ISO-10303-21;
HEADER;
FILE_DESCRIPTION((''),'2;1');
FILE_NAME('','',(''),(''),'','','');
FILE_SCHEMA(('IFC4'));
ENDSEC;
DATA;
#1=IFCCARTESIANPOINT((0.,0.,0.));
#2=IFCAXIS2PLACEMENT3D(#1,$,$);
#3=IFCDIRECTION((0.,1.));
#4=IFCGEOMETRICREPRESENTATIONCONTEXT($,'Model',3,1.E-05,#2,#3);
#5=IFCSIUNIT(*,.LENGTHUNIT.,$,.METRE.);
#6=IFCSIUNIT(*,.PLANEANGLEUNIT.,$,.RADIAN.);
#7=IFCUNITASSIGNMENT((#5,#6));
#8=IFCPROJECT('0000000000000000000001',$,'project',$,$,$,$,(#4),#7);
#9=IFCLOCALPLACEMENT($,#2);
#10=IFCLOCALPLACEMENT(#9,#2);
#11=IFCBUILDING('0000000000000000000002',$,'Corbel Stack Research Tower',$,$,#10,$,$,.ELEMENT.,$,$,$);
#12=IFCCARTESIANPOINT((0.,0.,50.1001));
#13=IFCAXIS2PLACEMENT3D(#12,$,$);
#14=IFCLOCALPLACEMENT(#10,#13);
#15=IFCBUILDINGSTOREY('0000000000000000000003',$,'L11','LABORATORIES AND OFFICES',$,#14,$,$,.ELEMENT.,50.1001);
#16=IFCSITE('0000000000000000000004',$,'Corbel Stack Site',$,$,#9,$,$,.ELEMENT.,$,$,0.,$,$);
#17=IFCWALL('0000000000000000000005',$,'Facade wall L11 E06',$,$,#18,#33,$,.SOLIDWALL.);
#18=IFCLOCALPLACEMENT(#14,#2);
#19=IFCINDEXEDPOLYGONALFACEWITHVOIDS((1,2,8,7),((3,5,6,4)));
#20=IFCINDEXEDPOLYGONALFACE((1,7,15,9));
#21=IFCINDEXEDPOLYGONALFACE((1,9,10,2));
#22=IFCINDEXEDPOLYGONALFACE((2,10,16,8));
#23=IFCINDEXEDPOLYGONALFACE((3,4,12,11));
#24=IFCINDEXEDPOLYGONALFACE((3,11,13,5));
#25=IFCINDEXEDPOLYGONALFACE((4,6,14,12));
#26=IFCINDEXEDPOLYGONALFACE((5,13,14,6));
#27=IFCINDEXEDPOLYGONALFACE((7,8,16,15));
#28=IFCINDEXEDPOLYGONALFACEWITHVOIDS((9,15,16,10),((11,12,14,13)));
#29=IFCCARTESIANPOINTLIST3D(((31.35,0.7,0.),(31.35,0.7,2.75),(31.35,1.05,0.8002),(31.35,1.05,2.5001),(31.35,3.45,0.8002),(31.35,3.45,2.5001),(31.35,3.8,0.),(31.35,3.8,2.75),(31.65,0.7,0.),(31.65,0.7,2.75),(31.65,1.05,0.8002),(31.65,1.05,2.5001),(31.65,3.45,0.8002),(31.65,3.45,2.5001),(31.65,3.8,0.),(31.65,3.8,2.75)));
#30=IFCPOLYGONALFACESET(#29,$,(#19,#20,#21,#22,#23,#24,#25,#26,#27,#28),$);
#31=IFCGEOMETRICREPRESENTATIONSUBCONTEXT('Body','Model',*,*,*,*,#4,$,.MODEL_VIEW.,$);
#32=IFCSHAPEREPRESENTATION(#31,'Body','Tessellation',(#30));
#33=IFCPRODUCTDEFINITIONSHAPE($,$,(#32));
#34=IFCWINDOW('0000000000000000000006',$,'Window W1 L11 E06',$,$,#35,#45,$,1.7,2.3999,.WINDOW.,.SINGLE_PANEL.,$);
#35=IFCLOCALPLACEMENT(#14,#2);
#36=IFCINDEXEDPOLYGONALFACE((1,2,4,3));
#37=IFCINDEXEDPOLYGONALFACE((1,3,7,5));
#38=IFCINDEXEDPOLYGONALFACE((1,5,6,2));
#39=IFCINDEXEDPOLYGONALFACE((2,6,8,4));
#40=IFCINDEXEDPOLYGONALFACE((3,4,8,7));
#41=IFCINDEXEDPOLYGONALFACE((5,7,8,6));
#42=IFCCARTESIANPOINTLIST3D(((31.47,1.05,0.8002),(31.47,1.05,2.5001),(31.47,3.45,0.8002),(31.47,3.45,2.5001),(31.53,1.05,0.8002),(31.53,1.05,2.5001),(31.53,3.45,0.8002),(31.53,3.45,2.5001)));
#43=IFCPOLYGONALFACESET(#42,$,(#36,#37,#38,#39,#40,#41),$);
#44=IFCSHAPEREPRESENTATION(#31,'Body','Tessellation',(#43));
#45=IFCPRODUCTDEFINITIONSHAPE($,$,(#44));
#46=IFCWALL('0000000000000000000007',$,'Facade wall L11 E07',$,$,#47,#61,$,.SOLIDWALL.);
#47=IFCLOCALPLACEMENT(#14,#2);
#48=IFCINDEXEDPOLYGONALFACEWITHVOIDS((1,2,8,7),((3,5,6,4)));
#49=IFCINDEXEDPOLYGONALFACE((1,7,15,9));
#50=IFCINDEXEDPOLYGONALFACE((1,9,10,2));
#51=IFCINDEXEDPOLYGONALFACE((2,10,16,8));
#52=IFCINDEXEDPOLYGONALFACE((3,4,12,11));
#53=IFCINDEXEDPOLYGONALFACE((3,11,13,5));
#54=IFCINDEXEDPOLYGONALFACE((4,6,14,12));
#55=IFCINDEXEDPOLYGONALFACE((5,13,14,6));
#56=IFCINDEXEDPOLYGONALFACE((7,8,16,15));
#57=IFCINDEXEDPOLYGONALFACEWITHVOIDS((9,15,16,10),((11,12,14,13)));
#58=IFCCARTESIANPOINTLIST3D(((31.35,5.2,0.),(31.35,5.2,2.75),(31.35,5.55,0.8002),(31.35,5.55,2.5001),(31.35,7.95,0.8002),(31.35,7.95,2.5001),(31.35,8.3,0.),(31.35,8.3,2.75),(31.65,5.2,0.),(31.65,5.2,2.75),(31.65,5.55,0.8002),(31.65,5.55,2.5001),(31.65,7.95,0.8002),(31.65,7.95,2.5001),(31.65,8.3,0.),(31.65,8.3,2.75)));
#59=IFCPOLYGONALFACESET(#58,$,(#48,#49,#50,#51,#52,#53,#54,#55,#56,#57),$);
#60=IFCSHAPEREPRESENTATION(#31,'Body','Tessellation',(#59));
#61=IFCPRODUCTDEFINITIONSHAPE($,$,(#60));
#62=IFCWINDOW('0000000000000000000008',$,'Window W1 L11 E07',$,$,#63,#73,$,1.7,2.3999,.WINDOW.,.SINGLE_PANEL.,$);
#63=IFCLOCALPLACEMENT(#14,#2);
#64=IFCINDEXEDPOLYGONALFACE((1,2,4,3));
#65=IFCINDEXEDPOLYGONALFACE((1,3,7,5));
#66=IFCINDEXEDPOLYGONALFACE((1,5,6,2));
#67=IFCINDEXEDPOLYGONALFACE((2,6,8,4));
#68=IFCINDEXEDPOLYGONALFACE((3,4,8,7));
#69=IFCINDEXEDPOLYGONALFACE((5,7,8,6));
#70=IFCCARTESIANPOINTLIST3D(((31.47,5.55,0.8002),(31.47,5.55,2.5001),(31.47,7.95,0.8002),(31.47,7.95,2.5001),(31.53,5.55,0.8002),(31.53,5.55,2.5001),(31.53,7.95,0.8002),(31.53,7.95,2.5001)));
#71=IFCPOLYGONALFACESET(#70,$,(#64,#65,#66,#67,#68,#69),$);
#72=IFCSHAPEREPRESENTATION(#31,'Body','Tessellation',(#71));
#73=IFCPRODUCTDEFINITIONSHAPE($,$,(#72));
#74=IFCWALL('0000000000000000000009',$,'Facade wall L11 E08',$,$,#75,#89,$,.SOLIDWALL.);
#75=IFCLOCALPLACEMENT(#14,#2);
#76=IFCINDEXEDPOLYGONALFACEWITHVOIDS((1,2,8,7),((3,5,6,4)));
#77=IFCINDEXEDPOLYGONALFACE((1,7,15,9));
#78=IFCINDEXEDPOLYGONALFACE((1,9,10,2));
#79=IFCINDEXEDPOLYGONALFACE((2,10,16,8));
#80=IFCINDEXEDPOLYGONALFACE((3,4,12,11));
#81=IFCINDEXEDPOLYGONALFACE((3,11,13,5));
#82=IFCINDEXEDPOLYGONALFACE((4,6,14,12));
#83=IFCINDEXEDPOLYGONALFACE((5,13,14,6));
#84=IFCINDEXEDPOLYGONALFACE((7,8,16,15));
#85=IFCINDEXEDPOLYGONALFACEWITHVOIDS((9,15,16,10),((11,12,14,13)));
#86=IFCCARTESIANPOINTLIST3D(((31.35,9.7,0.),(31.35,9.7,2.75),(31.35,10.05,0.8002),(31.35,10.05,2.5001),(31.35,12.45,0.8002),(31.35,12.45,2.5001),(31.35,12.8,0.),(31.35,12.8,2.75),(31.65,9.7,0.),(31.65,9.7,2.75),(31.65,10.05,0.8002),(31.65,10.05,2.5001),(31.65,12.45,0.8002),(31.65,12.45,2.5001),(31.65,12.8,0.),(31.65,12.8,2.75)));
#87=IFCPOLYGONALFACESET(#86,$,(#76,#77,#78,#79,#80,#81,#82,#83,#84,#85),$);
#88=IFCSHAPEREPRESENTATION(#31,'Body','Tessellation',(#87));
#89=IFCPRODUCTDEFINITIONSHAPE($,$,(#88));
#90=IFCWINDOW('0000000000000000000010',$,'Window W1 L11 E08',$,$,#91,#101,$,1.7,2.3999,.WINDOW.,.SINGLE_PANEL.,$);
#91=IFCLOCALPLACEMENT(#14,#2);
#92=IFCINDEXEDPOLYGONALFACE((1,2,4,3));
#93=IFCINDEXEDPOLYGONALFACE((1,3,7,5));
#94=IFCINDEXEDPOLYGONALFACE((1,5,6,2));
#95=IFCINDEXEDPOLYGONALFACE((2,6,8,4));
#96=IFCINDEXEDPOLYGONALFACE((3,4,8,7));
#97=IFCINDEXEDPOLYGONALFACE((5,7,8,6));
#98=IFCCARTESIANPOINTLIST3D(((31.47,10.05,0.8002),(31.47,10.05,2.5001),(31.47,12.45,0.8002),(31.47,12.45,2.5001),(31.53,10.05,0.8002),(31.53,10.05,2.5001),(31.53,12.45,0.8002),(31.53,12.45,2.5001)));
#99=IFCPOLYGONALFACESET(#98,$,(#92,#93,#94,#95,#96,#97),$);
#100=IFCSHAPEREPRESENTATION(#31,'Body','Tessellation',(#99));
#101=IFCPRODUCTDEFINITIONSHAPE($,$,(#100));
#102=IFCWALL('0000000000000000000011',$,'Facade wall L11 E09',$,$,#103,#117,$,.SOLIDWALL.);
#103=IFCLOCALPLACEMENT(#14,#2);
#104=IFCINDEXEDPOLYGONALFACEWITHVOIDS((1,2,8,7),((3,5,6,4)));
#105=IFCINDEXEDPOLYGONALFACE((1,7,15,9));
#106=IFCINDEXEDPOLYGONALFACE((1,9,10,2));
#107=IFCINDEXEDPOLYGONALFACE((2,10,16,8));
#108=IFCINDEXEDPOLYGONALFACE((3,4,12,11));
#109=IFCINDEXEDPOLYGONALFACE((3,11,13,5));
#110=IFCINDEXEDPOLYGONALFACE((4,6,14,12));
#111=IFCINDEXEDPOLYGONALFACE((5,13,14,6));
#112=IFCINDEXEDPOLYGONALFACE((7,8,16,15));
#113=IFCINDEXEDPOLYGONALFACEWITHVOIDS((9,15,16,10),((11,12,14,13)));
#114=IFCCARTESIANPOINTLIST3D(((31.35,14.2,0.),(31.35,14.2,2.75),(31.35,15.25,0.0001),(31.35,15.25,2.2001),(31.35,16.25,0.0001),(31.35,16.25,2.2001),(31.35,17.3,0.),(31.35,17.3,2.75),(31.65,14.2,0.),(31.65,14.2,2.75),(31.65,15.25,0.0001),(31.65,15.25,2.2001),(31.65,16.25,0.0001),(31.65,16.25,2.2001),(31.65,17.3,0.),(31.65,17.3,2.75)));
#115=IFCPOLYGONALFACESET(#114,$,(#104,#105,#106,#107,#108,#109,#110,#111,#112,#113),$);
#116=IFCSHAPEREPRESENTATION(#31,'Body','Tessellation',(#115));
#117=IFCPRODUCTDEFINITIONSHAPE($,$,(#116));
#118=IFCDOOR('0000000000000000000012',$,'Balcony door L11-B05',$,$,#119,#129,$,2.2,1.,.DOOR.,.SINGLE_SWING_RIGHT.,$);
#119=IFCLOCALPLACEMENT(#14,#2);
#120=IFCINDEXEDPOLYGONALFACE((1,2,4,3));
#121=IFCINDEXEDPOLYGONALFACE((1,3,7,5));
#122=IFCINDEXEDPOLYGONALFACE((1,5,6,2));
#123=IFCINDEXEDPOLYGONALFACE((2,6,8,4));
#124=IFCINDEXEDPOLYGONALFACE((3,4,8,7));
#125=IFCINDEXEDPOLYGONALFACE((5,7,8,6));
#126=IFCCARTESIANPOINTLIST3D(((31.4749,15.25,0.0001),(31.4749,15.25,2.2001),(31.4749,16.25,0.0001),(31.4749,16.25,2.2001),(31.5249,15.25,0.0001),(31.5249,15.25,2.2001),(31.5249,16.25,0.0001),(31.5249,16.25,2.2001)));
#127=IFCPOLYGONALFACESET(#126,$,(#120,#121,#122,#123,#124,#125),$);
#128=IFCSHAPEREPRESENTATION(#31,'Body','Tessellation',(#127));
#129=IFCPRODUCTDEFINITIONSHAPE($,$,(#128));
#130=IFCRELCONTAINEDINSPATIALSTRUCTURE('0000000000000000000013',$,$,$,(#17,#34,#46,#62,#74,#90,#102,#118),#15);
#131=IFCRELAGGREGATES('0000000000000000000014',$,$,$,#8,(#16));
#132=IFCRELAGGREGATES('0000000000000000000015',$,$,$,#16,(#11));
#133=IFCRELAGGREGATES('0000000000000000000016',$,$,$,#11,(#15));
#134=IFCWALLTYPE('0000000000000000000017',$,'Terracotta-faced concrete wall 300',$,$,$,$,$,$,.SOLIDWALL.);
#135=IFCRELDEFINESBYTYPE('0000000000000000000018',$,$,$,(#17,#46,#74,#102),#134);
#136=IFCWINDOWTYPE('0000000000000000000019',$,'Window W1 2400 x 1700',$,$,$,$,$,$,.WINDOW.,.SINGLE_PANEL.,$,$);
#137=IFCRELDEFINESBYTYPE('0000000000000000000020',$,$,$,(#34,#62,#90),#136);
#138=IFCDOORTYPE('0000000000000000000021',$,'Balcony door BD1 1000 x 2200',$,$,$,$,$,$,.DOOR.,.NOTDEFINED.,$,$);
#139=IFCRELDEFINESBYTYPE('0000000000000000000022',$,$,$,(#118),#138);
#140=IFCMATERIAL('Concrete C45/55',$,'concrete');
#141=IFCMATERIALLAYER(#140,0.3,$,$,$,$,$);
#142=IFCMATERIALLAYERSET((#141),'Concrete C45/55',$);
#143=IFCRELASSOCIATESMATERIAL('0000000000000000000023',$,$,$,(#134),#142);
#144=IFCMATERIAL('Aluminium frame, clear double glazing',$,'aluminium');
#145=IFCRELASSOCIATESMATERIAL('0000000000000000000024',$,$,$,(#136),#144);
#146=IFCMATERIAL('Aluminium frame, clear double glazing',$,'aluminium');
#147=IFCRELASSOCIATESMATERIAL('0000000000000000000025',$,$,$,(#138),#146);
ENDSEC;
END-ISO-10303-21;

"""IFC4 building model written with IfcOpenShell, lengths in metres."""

from ifc_helpers import new_model, si_unit, direction, frame, frame_2d, origin, place, context, subcontext, project, spatial, rectangle, extrude, material, layer, layer_set, type_object, element, fill, save


model = new_model("IFC4")

# Units and contexts
model_context = context("Model", 3, precision=1e-05, world=origin(), true_north=direction((0.0, 1.0)))
body_context = subcontext(model_context, "Body", "Model", "MODEL_VIEW")
ifc_project = project(units=[si_unit("LENGTHUNIT", "METRE"), si_unit("PLANEANGLEUNIT", "RADIAN")], contexts=[model_context])

# Site, building, storey
site_placement = place(None, origin())
site = spatial("IfcSite", under=ifc_project, at=site_placement, Name="Corbel Stack Site", CompositionType="ELEMENT", RefElevation=0.0)
building_placement = place(site_placement, origin())
building = spatial("IfcBuilding", under=site, at=building_placement, Name="Corbel Stack Research Tower", CompositionType="ELEMENT")
storey_placement = place(building_placement, frame((0.0, 0.0, 50.1001)))
storey = spatial("IfcBuildingStorey", under=building, at=storey_placement, Name="L11", Description="LABORATORIES AND OFFICES", CompositionType="ELEMENT", Elevation=50.1001)

# Walls, openings, windows
ifc_material_1 = material(Name="Concrete C45/55", Category="concrete")
ifc_layer_1 = layer(ifc_material_1, 0.3)
ifc_layer_set_1 = layer_set([ifc_layer_1], Name="Concrete C45/55")
wall_type_1 = type_object("IfcWallType", Name="Terracotta-faced concrete wall 300", PredefinedType="SOLIDWALL", material=ifc_layer_set_1)
wall_1_placement = place(storey_placement, frame((31.5, 3.8, 0.0), z_axis=(0.0, 0.0, 1.0), x_axis=(0.0, -1.0, 0.0)))
wall_1 = element("IfcWall", 1, at=wall_1_placement, inside=storey, type_object=wall_type_1, Name="Facade wall L11 E06", PredefinedType="SOLIDWALL", context=body_context, shape_type="SweptSolid", body=[
    extrude(rectangle(XDim=3.1001, YDim=0.3, at=frame_2d((1.55, 0.0))), origin(), (0.0, 0.0, 1.0), 2.75),
])
opening_1_placement = place(wall_1_placement, frame((0.3501, 0.0, 0.8)))
opening_1 = element("IfcOpeningElement", 2, at=opening_1_placement, cuts=wall_1, PredefinedType="OPENING", context=body_context, shape_type="SweptSolid", body=[
    extrude(rectangle(XDim=2.3999, YDim=1.7, at=frame_2d((1.2, 0.8501))), frame((0.0, 0.1599, 0.0), z_axis=(0.0, -1.0, 0.0), x_axis=(1.0, 0.0, 0.0)), (0.0, 0.0, 1.0), 0.3201),
])
ifc_material_2 = material(Name="Aluminium frame, clear double glazing", Category="aluminium")
window_type = type_object("IfcWindowType", Name="Window W1 2400 x 1700", PartitioningType="SINGLE_PANEL", PredefinedType="WINDOW", material=ifc_material_2)
window_1_placement = place(opening_1_placement, origin())
window_1 = element("IfcWindow", 3, at=window_1_placement, inside=storey, type_object=window_type, Name="Window W1 L11 E06", OverallHeight=1.7, OverallWidth=2.3999, PartitioningType="SINGLE_PANEL", PredefinedType="WINDOW", context=body_context, shape_type="SweptSolid", body=[
    extrude(rectangle(XDim=2.3999, YDim=1.7, at=frame_2d((1.2, 0.8501))), frame((0.0, 0.03, 0.0), z_axis=(0.0, -1.0, 0.0), x_axis=(1.0, 0.0, 0.0)), (0.0, 0.0, 1.0), 0.0601),
])
fill(opening_1, window_1)
wall_2_placement = place(storey_placement, frame((31.5, 8.3, 0.0), z_axis=(0.0, 0.0, 1.0), x_axis=(0.0, -1.0, 0.0)))
wall_2 = element("IfcWall", 4, at=wall_2_placement, inside=storey, type_object=wall_type_1, Name="Facade wall L11 E07", PredefinedType="SOLIDWALL", context=body_context, shape_type="SweptSolid", body=[
    extrude(rectangle(XDim=3.1001, YDim=0.3, at=frame_2d((1.55, 0.0))), origin(), (0.0, 0.0, 1.0), 2.75),
])
opening_2_placement = place(wall_2_placement, frame((0.3501, 0.0, 0.8)))
opening_2 = element("IfcOpeningElement", 5, at=opening_2_placement, cuts=wall_2, PredefinedType="OPENING", context=body_context, shape_type="SweptSolid", body=[
    extrude(rectangle(XDim=2.3999, YDim=1.7, at=frame_2d((1.2, 0.8501))), frame((0.0, 0.1599, 0.0), z_axis=(0.0, -1.0, 0.0), x_axis=(1.0, 0.0, 0.0)), (0.0, 0.0, 1.0), 0.3201),
])
window_2_placement = place(opening_2_placement, origin())
window_2 = element("IfcWindow", 6, at=window_2_placement, inside=storey, type_object=window_type, Name="Window W1 L11 E07", OverallHeight=1.7, OverallWidth=2.3999, PartitioningType="SINGLE_PANEL", PredefinedType="WINDOW", context=body_context, shape_type="SweptSolid", body=[
    extrude(rectangle(XDim=2.3999, YDim=1.7, at=frame_2d((1.2, 0.8501))), frame((0.0, 0.03, 0.0), z_axis=(0.0, -1.0, 0.0), x_axis=(1.0, 0.0, 0.0)), (0.0, 0.0, 1.0), 0.0601),
])
fill(opening_2, window_2)
wall_3_placement = place(storey_placement, frame((31.5, 12.8, 0.0), z_axis=(0.0, 0.0, 1.0), x_axis=(0.0, -1.0, 0.0)))
wall_3 = element("IfcWall", 7, at=wall_3_placement, inside=storey, type_object=wall_type_1, Name="Facade wall L11 E08", PredefinedType="SOLIDWALL", context=body_context, shape_type="SweptSolid", body=[
    extrude(rectangle(XDim=3.1001, YDim=0.3, at=frame_2d((1.55, 0.0))), origin(), (0.0, 0.0, 1.0), 2.75),
])
opening_3_placement = place(wall_3_placement, frame((0.3501, 0.0, 0.8)))
opening_3 = element("IfcOpeningElement", 8, at=opening_3_placement, cuts=wall_3, PredefinedType="OPENING", context=body_context, shape_type="SweptSolid", body=[
    extrude(rectangle(XDim=2.3999, YDim=1.7, at=frame_2d((1.2, 0.8501))), frame((0.0, 0.1599, 0.0), z_axis=(0.0, -1.0, 0.0), x_axis=(1.0, 0.0, 0.0)), (0.0, 0.0, 1.0), 0.3201),
])
window_3_placement = place(opening_3_placement, origin())
window_3 = element("IfcWindow", 9, at=window_3_placement, inside=storey, type_object=window_type, Name="Window W1 L11 E08", OverallHeight=1.7, OverallWidth=2.3999, PartitioningType="SINGLE_PANEL", PredefinedType="WINDOW", context=body_context, shape_type="SweptSolid", body=[
    extrude(rectangle(XDim=2.3999, YDim=1.7, at=frame_2d((1.2, 0.8501))), frame((0.0, 0.03, 0.0), z_axis=(0.0, -1.0, 0.0), x_axis=(1.0, 0.0, 0.0)), (0.0, 0.0, 1.0), 0.0601),
])
fill(opening_3, window_3)

# Wall, opening, door
wall_4_placement = place(storey_placement, frame((31.5, 17.3, 0.0), z_axis=(0.0, 0.0, 1.0), x_axis=(0.0, -1.0, 0.0)))
wall_4 = element("IfcWall", 10, at=wall_4_placement, inside=storey, type_object=wall_type_1, Name="Facade wall L11 E09", PredefinedType="SOLIDWALL", context=body_context, shape_type="SweptSolid", body=[
    extrude(rectangle(XDim=3.1001, YDim=0.3, at=frame_2d((1.55, 0.0))), origin(), (0.0, 0.0, 1.0), 2.75),
])
opening_4_placement = place(wall_4_placement, frame((1.05, 0.0, 0.0)))
opening_4 = element("IfcOpeningElement", 11, at=opening_4_placement, cuts=wall_4, PredefinedType="OPENING", context=body_context, shape_type="SweptSolid", body=[
    extrude(rectangle(XDim=1.0, YDim=2.2, at=frame_2d((0.5, 1.1001))), frame((0.0, 0.1599, 0.0), z_axis=(0.0, -1.0, 0.0), x_axis=(1.0, 0.0, 0.0)), (0.0, 0.0, 1.0), 0.3201),
])
ifc_material_3 = material(Name="Aluminium frame, clear double glazing", Category="aluminium")
door_type = type_object("IfcDoorType", Name="Balcony door BD1 1000 x 2200", OperationType="NOTDEFINED", PredefinedType="DOOR", material=ifc_material_3)
door_placement = place(opening_4_placement, origin())
door = element("IfcDoor", 12, at=door_placement, inside=storey, type_object=door_type, Name="Balcony door L11-B05", OperationType="SINGLE_SWING_RIGHT", OverallHeight=2.2, OverallWidth=1.0, PredefinedType="DOOR", context=body_context, shape_type="SweptSolid", body=[
    extrude(rectangle(XDim=1.0, YDim=2.2, at=frame_2d((0.5, 1.1001))), frame((0.0, 0.0249, 0.0), z_axis=(0.0, -1.0, 0.0), x_axis=(1.0, 0.0, 0.0)), (0.0, 0.0, 1.0), 0.05),
])
fill(opening_4, door)

save(model, "model.ifc")
